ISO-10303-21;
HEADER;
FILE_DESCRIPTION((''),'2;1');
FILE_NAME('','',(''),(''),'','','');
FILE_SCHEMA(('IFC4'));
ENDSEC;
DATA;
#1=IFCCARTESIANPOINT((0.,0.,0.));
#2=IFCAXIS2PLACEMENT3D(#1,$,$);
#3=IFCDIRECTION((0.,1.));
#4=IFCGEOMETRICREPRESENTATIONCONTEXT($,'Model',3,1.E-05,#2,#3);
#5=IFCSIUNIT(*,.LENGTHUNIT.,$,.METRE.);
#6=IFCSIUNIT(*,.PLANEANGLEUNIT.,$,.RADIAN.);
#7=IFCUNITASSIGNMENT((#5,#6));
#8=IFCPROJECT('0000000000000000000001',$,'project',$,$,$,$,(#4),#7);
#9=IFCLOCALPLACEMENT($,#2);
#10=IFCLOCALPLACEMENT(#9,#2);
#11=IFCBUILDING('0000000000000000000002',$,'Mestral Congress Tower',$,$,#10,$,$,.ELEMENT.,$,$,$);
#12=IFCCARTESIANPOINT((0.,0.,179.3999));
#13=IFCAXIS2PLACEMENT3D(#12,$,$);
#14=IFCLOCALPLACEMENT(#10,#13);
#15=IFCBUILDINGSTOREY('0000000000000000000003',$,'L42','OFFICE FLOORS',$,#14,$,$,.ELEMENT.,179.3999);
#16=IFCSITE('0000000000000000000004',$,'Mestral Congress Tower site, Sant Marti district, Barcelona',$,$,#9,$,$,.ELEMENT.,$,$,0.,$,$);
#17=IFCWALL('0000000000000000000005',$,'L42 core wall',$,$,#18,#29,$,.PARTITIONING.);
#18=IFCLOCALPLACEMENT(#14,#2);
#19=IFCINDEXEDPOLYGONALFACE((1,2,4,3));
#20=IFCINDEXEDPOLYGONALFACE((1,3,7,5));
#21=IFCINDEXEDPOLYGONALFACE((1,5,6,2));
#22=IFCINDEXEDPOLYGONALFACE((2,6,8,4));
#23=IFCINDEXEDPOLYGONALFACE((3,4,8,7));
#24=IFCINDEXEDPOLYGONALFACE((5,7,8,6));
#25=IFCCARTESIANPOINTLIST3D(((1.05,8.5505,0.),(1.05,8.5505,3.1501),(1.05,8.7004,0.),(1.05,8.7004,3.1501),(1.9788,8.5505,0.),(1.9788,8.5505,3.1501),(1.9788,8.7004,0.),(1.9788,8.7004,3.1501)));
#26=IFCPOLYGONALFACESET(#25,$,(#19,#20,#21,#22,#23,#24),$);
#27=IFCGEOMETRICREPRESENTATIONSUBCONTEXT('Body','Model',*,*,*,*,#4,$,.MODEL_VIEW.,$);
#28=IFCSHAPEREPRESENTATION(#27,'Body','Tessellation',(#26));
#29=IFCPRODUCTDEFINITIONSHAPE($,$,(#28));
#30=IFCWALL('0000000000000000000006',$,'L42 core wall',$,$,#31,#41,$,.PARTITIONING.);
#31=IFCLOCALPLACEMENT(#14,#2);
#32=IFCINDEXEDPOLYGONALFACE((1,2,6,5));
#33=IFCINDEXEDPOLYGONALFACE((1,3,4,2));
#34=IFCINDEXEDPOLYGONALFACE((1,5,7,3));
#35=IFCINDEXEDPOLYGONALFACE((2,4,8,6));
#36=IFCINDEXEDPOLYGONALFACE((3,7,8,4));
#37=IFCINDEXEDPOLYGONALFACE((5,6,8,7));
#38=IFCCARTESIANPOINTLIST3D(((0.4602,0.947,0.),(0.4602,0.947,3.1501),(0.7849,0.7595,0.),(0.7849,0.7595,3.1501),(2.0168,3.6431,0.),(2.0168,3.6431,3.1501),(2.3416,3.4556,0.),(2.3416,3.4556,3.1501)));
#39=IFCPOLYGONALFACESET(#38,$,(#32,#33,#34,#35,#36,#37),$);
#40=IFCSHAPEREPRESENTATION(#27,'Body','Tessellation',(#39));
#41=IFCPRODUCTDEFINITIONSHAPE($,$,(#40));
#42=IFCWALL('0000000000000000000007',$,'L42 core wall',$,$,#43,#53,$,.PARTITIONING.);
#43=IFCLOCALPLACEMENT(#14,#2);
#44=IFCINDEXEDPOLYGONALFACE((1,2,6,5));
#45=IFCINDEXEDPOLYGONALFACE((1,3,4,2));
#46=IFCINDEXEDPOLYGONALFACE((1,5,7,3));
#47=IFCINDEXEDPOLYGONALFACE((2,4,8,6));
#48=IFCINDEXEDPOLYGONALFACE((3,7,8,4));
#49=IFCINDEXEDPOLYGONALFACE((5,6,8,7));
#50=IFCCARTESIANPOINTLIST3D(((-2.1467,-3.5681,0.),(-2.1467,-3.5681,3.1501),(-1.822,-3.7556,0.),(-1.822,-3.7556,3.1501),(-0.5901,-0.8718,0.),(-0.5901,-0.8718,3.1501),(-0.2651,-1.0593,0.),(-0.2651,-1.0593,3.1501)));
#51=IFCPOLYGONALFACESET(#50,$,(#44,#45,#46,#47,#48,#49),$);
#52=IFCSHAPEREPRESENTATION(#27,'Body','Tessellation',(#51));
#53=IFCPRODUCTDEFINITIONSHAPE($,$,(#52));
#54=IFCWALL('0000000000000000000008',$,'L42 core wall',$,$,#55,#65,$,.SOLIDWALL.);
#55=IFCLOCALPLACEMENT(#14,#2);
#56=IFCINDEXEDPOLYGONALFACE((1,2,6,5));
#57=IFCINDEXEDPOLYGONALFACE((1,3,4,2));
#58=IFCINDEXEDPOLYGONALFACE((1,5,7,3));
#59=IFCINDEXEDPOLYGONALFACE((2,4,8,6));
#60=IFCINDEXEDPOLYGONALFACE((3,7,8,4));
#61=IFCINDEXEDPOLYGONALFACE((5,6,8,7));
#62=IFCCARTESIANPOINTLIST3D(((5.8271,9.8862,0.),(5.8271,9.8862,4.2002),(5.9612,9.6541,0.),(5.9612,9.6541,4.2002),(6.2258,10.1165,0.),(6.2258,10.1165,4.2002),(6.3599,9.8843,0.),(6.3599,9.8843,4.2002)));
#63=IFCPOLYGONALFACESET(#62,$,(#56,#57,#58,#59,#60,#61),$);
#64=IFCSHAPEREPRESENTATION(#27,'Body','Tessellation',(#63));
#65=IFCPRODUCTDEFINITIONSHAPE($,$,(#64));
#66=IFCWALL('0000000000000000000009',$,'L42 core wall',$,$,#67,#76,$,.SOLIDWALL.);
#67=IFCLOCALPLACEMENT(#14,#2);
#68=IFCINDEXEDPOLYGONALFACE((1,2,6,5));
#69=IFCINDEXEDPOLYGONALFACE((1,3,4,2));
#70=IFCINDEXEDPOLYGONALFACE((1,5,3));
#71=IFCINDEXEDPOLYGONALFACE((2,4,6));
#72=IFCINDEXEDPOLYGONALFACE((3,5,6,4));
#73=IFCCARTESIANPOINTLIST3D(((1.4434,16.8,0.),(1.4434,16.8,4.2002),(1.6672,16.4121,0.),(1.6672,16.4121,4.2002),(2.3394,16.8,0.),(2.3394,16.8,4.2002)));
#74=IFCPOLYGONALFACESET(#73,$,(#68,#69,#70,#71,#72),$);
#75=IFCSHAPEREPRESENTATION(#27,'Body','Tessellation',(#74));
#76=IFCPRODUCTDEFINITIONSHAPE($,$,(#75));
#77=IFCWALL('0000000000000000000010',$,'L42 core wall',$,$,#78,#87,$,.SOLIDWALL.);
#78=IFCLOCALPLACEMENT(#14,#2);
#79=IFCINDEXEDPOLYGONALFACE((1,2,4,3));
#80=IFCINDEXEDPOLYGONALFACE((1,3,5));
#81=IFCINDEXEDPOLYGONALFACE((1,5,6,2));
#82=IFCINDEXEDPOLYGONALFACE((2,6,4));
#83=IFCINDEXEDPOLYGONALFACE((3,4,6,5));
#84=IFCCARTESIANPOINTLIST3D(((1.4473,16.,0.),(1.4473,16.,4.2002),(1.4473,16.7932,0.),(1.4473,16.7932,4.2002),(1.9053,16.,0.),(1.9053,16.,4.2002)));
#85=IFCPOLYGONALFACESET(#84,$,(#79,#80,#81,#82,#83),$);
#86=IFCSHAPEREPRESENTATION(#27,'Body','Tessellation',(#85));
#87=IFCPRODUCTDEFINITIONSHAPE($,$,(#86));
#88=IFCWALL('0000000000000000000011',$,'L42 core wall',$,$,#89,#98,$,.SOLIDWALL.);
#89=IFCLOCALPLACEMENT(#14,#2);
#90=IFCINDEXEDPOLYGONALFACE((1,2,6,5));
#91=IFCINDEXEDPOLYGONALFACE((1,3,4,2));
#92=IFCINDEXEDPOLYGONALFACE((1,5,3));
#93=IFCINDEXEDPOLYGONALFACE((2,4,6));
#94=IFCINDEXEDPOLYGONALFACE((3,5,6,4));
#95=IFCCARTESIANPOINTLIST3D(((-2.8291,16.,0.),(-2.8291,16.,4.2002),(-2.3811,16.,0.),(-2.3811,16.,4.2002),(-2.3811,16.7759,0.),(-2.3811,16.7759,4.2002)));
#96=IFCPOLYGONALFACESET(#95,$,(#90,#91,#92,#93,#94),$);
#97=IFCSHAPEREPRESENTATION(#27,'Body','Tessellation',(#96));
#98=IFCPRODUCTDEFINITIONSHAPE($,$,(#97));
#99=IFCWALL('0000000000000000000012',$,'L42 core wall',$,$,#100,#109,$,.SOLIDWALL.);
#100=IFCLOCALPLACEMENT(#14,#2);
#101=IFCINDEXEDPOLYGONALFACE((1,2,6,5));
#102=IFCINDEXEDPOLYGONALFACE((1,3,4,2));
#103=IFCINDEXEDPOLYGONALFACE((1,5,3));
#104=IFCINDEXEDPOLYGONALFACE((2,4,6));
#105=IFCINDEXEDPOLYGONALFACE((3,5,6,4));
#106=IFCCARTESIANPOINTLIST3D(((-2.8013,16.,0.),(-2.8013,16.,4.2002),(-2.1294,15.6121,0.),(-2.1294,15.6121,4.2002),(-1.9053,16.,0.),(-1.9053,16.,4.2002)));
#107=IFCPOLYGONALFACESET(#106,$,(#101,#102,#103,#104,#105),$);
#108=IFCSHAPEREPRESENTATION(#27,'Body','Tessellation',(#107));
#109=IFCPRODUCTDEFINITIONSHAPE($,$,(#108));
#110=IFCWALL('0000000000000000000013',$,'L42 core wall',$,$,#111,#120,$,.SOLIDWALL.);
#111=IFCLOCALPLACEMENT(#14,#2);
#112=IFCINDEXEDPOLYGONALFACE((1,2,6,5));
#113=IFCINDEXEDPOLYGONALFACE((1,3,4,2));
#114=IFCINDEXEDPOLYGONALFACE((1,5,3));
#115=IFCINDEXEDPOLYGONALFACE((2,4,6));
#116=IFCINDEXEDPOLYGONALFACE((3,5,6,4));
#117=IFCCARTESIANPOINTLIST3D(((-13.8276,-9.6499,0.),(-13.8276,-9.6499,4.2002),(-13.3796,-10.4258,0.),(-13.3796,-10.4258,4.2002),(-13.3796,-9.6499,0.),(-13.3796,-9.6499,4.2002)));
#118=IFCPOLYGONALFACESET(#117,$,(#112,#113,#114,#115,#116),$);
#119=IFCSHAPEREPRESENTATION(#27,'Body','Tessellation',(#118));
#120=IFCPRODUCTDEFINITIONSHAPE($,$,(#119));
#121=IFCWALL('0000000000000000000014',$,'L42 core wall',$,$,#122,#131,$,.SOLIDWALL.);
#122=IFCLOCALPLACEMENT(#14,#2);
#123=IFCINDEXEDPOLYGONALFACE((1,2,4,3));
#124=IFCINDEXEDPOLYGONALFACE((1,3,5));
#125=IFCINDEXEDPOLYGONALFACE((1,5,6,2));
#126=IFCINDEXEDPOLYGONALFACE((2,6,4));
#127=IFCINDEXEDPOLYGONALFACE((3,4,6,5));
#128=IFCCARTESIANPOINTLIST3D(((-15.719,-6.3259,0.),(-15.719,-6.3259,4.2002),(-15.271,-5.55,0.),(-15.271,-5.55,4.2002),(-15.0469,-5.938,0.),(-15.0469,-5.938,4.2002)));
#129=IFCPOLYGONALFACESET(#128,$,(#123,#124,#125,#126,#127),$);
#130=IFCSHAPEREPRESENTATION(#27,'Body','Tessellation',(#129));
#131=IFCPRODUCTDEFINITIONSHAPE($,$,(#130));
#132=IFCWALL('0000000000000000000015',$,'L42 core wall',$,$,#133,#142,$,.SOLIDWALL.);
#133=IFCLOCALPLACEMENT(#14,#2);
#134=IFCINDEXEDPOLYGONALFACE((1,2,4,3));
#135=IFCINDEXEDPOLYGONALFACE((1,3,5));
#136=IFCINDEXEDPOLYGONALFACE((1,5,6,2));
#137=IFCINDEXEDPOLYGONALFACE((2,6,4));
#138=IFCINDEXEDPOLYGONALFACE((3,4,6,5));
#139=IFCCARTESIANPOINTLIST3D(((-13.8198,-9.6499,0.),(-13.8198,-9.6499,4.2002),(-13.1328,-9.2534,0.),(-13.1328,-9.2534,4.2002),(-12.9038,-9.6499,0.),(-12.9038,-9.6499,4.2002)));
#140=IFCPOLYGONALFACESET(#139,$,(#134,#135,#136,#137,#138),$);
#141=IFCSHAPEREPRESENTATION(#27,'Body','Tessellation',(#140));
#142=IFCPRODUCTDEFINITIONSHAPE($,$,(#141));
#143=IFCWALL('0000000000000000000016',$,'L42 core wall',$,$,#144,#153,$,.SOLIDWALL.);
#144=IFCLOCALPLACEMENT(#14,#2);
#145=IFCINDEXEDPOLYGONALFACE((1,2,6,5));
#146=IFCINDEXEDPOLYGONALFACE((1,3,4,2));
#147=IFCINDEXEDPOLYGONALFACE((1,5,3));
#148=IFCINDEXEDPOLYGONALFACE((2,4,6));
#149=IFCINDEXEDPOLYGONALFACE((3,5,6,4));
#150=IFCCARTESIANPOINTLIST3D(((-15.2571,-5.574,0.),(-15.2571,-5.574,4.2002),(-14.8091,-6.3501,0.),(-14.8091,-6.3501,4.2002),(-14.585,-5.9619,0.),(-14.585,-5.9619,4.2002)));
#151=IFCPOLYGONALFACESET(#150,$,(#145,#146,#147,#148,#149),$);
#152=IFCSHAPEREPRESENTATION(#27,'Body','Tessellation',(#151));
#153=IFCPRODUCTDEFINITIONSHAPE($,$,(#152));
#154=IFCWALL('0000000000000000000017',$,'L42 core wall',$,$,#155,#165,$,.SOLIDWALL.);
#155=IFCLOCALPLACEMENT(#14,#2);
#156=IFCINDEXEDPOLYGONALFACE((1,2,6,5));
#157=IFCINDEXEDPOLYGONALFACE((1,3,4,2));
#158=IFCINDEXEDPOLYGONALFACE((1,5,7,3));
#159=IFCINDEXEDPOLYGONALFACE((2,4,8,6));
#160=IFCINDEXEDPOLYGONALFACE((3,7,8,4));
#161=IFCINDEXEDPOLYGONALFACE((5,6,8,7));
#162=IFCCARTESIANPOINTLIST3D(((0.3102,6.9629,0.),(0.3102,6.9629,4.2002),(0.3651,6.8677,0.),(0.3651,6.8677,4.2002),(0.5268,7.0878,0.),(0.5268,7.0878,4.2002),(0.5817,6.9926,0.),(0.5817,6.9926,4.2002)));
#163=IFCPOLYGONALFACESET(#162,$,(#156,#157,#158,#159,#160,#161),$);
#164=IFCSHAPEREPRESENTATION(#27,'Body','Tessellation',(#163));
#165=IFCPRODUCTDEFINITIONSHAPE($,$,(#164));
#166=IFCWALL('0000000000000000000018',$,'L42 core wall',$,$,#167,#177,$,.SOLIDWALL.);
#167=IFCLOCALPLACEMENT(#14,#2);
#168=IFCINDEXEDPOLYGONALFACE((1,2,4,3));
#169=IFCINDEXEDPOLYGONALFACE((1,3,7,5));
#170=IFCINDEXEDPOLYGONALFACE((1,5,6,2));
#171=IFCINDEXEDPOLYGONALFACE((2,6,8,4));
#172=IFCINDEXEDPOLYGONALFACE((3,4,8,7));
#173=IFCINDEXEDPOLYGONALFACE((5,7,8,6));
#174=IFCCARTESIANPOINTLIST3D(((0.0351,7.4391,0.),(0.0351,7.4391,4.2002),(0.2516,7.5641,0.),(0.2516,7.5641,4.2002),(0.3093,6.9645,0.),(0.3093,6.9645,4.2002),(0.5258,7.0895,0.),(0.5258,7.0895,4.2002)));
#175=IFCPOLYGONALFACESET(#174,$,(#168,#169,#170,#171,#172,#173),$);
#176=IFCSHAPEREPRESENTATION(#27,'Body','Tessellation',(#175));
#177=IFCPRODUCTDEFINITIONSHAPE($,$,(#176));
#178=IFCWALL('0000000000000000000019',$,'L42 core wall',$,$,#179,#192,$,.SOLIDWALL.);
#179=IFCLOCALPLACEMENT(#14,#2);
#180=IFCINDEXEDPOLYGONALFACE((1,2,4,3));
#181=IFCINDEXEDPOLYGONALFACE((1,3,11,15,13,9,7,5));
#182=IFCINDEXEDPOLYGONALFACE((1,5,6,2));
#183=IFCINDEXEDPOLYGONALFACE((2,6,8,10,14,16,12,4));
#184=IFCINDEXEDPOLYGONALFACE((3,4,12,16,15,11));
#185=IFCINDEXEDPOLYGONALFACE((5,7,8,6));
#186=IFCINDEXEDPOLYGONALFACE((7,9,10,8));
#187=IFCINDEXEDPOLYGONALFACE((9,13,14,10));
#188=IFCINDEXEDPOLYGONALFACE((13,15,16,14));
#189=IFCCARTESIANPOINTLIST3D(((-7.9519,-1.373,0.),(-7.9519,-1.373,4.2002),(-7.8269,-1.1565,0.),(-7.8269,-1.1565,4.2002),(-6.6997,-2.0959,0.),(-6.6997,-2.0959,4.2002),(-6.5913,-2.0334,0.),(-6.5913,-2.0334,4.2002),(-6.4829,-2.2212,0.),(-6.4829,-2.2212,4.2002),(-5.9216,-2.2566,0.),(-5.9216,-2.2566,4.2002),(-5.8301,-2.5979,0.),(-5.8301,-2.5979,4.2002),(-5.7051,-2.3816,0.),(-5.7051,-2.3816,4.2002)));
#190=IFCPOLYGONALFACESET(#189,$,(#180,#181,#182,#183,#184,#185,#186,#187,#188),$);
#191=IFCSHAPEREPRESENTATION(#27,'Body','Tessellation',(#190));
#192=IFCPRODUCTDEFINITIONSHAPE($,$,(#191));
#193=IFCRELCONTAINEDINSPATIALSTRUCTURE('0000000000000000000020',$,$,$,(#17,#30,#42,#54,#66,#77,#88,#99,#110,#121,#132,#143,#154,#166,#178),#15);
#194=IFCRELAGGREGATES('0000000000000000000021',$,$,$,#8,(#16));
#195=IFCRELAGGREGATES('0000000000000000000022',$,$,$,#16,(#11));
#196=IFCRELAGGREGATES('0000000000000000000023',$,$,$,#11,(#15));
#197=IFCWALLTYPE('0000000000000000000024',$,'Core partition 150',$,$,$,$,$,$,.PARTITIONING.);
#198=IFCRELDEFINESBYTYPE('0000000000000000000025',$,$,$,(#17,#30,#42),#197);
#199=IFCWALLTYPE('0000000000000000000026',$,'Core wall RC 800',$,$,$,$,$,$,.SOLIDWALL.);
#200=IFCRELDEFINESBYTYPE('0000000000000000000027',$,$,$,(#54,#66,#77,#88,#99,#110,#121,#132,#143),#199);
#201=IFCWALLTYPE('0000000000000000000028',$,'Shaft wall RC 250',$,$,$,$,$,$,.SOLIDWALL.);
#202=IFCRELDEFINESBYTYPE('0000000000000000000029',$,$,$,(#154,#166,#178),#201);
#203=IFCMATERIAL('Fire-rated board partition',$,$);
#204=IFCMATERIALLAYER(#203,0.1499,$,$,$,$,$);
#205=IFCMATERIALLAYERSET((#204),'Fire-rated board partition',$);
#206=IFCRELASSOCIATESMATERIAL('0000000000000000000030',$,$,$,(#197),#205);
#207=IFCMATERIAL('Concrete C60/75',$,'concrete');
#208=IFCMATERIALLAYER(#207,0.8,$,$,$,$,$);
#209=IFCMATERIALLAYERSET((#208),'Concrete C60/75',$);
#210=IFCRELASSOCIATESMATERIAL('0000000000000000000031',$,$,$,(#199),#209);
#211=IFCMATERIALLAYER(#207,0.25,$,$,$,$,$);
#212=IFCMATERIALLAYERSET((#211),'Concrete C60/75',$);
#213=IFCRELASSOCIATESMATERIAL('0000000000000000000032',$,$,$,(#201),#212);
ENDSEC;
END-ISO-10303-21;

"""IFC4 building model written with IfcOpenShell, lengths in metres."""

from ifc_helpers import new_model, si_unit, direction, frame, frame_2d, origin, place, context, subcontext, project, spatial, polyline, rectangle, outline, extrude, material, layer, layer_set, type_object, element, save


model = new_model("IFC4")

# Units and contexts
model_context = context("Model", 3, precision=1e-05, world=origin(), true_north=direction((0.0, 1.0)))
body_context = subcontext(model_context, "Body", "Model", "MODEL_VIEW")
ifc_project = project(units=[si_unit("LENGTHUNIT", "METRE"), si_unit("PLANEANGLEUNIT", "RADIAN")], contexts=[model_context])

# Site, building, storey
site_placement = place(None, origin())
site = spatial("IfcSite", under=ifc_project, at=site_placement, Name="Mestral Congress Tower site, Sant Marti district, Barcelona", CompositionType="ELEMENT", RefElevation=0.0)
building_placement = place(site_placement, origin())
building = spatial("IfcBuilding", under=site, at=building_placement, Name="Mestral Congress Tower", CompositionType="ELEMENT")
storey_placement = place(building_placement, frame((0.0, 0.0, 179.3999)))
storey = spatial("IfcBuildingStorey", under=building, at=storey_placement, Name="L42", Description="OFFICE FLOORS", CompositionType="ELEMENT", Elevation=179.3999)

# Walls
ifc_material_1 = material(Name="Fire-rated board partition")
ifc_layer_1 = layer(ifc_material_1, 0.1499)
ifc_layer_set_1 = layer_set([ifc_layer_1], Name="Fire-rated board partition")
wall_type_1 = type_object("IfcWallType", Name="Core partition 150", PredefinedType="PARTITIONING", material=ifc_layer_set_1)
wall_1_placement = place(storey_placement, frame((1.05, 8.6255, 0.0), z_axis=(0.0, 0.0, 1.0), x_axis=(1.0, 0.0, 0.0)))
element("IfcWall", 1, at=wall_1_placement, inside=storey, type_object=wall_type_1, Name="L42 core wall", PredefinedType="PARTITIONING", context=body_context, shape_type="SweptSolid", body=[
    extrude(rectangle(XDim=0.9287, YDim=0.1499, at=frame_2d((0.4644, 0.0))), origin(), (0.0, 0.0, 1.0), 3.1501),
])
placement = place(storey_placement, origin())
element("IfcWall", 2, at=placement, inside=storey, type_object=wall_type_1, Name="L42 core wall", PredefinedType="PARTITIONING", context=body_context, shape_type="SweptSolid", body=[
    extrude(outline(polyline([(2.0168, 3.6431), (2.3416, 3.4556), (0.7849, 0.7595), (0.4602, 0.947), (2.0168, 3.6431)])), origin(), (0.0, 0.0, 1.0), 3.1501),
])
element("IfcWall", 3, at=placement, inside=storey, type_object=wall_type_1, Name="L42 core wall", PredefinedType="PARTITIONING", context=body_context, shape_type="SweptSolid", body=[
    extrude(outline(polyline([(-0.5901, -0.8718), (-0.2651, -1.0593), (-1.822, -3.7556), (-2.1467, -3.5681), (-0.5901, -0.8718)])), origin(), (0.0, 0.0, 1.0), 3.1501),
])
ifc_material_2 = material(Name="Concrete C60/75", Category="concrete")
ifc_layer_2 = layer(ifc_material_2, 0.8)
ifc_layer_set_2 = layer_set([ifc_layer_2], Name="Concrete C60/75")
wall_type_2 = type_object("IfcWallType", Name="Core wall RC 800", PredefinedType="SOLIDWALL", material=ifc_layer_set_2)
element("IfcWall", 4, at=placement, inside=storey, type_object=wall_type_2, Name="L42 core wall", PredefinedType="SOLIDWALL", context=body_context, shape_type="SweptSolid", body=[
    extrude(outline(polyline([(5.9612, 9.6541), (5.8271, 9.8862), (6.2258, 10.1165), (6.3599, 9.8843), (5.9612, 9.6541)])), origin(), (0.0, 0.0, 1.0), 4.2002),
])
element("IfcWall", 5, at=placement, inside=storey, type_object=wall_type_2, Name="L42 core wall", PredefinedType="SOLIDWALL", context=body_context, shape_type="SweptSolid", body=[
    extrude(outline(polyline([(1.4434, 16.8), (2.3394, 16.8), (1.6672, 16.4121), (1.4434, 16.8)])), origin(), (0.0, 0.0, 1.0), 4.2002),
])
element("IfcWall", 6, at=placement, inside=storey, type_object=wall_type_2, Name="L42 core wall", PredefinedType="SOLIDWALL", context=body_context, shape_type="SweptSolid", body=[
    extrude(outline(polyline([(1.9053, 16.0), (1.4473, 16.0), (1.4473, 16.7932), (1.9053, 16.0)])), origin(), (0.0, 0.0, 1.0), 4.2002),
])
element("IfcWall", 7, at=placement, inside=storey, type_object=wall_type_2, Name="L42 core wall", PredefinedType="SOLIDWALL", context=body_context, shape_type="SweptSolid", body=[
    extrude(outline(polyline([(-2.8291, 16.0), (-2.3811, 16.7759), (-2.3811, 16.0), (-2.8291, 16.0)])), origin(), (0.0, 0.0, 1.0), 4.2002),
])
element("IfcWall", 8, at=placement, inside=storey, type_object=wall_type_2, Name="L42 core wall", PredefinedType="SOLIDWALL", context=body_context, shape_type="SweptSolid", body=[
    extrude(outline(polyline([(-1.9053, 16.0), (-2.1294, 15.6121), (-2.8013, 16.0), (-1.9053, 16.0)])), origin(), (0.0, 0.0, 1.0), 4.2002),
])
element("IfcWall", 9, at=placement, inside=storey, type_object=wall_type_2, Name="L42 core wall", PredefinedType="SOLIDWALL", context=body_context, shape_type="SweptSolid", body=[
    extrude(outline(polyline([(-13.8276, -9.6499), (-13.3796, -9.6499), (-13.3796, -10.4258), (-13.8276, -9.6499)])), origin(), (0.0, 0.0, 1.0), 4.2002),
])
element("IfcWall", 10, at=placement, inside=storey, type_object=wall_type_2, Name="L42 core wall", PredefinedType="SOLIDWALL", context=body_context, shape_type="SweptSolid", body=[
    extrude(outline(polyline([(-15.0469, -5.938), (-15.719, -6.3259), (-15.271, -5.55), (-15.0469, -5.938)])), origin(), (0.0, 0.0, 1.0), 4.2002),
])
element("IfcWall", 11, at=placement, inside=storey, type_object=wall_type_2, Name="L42 core wall", PredefinedType="SOLIDWALL", context=body_context, shape_type="SweptSolid", body=[
    extrude(outline(polyline([(-12.9038, -9.6499), (-13.8198, -9.6499), (-13.1328, -9.2534), (-12.9038, -9.6499)])), origin(), (0.0, 0.0, 1.0), 4.2002),
])
element("IfcWall", 12, at=placement, inside=storey, type_object=wall_type_2, Name="L42 core wall", PredefinedType="SOLIDWALL", context=body_context, shape_type="SweptSolid", body=[
    extrude(outline(polyline([(-14.8091, -6.3501), (-15.2571, -5.574), (-14.585, -5.9619), (-14.8091, -6.3501)])), origin(), (0.0, 0.0, 1.0), 4.2002),
])
ifc_layer_3 = layer(ifc_material_2, 0.25)
ifc_layer_set_3 = layer_set([ifc_layer_3], Name="Concrete C60/75")
wall_type_3 = type_object("IfcWallType", Name="Shaft wall RC 250", PredefinedType="SOLIDWALL", material=ifc_layer_set_3)
wall_2_placement = place(storey_placement, frame((0.4734, 6.9302, 0.0), z_axis=(0.0, 0.0, 1.0), x_axis=(-0.499722, 0.866186, 0.0)))
element("IfcWall", 13, at=wall_2_placement, inside=storey, type_object=wall_type_3, Name="L42 core wall", PredefinedType="SOLIDWALL", context=body_context, shape_type="SweptSolid", body=[
    extrude(rectangle(XDim=0.1099, YDim=0.25, at=frame_2d((0.0549, 0.0))), origin(), (0.0, 0.0, 1.0), 4.2002),
])
wall_3_placement = place(storey_placement, frame((0.4175, 7.0271, 0.0), z_axis=(0.0, 0.0, 1.0), x_axis=(-0.500211, 0.865904, 0.0)))
element("IfcWall", 14, at=wall_3_placement, inside=storey, type_object=wall_type_3, Name="L42 core wall", PredefinedType="SOLIDWALL", context=body_context, shape_type="SweptSolid", body=[
    extrude(rectangle(XDim=0.5481, YDim=0.25, at=frame_2d((0.2739, 0.0))), origin(), (0.0, 0.0, 1.0), 4.2002),
])
element("IfcWall", 15, at=placement, inside=storey, type_object=wall_type_3, Name="L42 core wall", PredefinedType="SOLIDWALL", context=body_context, shape_type="SweptSolid", body=[
    extrude(outline(polyline([(-5.9216, -2.2566), (-5.9216, -2.2566), (-5.7051, -2.3816), (-5.8301, -2.5979), (-6.4829, -2.2212), (-6.5913, -2.0334), (-6.5913, -2.0334), (-6.6997, -2.0959), (-7.9519, -1.373), (-7.8269, -1.1565), (-5.9216, -2.2566)])), origin(), (0.0, 0.0, 1.0), 4.2002),
])

save(model, "model.ifc")
